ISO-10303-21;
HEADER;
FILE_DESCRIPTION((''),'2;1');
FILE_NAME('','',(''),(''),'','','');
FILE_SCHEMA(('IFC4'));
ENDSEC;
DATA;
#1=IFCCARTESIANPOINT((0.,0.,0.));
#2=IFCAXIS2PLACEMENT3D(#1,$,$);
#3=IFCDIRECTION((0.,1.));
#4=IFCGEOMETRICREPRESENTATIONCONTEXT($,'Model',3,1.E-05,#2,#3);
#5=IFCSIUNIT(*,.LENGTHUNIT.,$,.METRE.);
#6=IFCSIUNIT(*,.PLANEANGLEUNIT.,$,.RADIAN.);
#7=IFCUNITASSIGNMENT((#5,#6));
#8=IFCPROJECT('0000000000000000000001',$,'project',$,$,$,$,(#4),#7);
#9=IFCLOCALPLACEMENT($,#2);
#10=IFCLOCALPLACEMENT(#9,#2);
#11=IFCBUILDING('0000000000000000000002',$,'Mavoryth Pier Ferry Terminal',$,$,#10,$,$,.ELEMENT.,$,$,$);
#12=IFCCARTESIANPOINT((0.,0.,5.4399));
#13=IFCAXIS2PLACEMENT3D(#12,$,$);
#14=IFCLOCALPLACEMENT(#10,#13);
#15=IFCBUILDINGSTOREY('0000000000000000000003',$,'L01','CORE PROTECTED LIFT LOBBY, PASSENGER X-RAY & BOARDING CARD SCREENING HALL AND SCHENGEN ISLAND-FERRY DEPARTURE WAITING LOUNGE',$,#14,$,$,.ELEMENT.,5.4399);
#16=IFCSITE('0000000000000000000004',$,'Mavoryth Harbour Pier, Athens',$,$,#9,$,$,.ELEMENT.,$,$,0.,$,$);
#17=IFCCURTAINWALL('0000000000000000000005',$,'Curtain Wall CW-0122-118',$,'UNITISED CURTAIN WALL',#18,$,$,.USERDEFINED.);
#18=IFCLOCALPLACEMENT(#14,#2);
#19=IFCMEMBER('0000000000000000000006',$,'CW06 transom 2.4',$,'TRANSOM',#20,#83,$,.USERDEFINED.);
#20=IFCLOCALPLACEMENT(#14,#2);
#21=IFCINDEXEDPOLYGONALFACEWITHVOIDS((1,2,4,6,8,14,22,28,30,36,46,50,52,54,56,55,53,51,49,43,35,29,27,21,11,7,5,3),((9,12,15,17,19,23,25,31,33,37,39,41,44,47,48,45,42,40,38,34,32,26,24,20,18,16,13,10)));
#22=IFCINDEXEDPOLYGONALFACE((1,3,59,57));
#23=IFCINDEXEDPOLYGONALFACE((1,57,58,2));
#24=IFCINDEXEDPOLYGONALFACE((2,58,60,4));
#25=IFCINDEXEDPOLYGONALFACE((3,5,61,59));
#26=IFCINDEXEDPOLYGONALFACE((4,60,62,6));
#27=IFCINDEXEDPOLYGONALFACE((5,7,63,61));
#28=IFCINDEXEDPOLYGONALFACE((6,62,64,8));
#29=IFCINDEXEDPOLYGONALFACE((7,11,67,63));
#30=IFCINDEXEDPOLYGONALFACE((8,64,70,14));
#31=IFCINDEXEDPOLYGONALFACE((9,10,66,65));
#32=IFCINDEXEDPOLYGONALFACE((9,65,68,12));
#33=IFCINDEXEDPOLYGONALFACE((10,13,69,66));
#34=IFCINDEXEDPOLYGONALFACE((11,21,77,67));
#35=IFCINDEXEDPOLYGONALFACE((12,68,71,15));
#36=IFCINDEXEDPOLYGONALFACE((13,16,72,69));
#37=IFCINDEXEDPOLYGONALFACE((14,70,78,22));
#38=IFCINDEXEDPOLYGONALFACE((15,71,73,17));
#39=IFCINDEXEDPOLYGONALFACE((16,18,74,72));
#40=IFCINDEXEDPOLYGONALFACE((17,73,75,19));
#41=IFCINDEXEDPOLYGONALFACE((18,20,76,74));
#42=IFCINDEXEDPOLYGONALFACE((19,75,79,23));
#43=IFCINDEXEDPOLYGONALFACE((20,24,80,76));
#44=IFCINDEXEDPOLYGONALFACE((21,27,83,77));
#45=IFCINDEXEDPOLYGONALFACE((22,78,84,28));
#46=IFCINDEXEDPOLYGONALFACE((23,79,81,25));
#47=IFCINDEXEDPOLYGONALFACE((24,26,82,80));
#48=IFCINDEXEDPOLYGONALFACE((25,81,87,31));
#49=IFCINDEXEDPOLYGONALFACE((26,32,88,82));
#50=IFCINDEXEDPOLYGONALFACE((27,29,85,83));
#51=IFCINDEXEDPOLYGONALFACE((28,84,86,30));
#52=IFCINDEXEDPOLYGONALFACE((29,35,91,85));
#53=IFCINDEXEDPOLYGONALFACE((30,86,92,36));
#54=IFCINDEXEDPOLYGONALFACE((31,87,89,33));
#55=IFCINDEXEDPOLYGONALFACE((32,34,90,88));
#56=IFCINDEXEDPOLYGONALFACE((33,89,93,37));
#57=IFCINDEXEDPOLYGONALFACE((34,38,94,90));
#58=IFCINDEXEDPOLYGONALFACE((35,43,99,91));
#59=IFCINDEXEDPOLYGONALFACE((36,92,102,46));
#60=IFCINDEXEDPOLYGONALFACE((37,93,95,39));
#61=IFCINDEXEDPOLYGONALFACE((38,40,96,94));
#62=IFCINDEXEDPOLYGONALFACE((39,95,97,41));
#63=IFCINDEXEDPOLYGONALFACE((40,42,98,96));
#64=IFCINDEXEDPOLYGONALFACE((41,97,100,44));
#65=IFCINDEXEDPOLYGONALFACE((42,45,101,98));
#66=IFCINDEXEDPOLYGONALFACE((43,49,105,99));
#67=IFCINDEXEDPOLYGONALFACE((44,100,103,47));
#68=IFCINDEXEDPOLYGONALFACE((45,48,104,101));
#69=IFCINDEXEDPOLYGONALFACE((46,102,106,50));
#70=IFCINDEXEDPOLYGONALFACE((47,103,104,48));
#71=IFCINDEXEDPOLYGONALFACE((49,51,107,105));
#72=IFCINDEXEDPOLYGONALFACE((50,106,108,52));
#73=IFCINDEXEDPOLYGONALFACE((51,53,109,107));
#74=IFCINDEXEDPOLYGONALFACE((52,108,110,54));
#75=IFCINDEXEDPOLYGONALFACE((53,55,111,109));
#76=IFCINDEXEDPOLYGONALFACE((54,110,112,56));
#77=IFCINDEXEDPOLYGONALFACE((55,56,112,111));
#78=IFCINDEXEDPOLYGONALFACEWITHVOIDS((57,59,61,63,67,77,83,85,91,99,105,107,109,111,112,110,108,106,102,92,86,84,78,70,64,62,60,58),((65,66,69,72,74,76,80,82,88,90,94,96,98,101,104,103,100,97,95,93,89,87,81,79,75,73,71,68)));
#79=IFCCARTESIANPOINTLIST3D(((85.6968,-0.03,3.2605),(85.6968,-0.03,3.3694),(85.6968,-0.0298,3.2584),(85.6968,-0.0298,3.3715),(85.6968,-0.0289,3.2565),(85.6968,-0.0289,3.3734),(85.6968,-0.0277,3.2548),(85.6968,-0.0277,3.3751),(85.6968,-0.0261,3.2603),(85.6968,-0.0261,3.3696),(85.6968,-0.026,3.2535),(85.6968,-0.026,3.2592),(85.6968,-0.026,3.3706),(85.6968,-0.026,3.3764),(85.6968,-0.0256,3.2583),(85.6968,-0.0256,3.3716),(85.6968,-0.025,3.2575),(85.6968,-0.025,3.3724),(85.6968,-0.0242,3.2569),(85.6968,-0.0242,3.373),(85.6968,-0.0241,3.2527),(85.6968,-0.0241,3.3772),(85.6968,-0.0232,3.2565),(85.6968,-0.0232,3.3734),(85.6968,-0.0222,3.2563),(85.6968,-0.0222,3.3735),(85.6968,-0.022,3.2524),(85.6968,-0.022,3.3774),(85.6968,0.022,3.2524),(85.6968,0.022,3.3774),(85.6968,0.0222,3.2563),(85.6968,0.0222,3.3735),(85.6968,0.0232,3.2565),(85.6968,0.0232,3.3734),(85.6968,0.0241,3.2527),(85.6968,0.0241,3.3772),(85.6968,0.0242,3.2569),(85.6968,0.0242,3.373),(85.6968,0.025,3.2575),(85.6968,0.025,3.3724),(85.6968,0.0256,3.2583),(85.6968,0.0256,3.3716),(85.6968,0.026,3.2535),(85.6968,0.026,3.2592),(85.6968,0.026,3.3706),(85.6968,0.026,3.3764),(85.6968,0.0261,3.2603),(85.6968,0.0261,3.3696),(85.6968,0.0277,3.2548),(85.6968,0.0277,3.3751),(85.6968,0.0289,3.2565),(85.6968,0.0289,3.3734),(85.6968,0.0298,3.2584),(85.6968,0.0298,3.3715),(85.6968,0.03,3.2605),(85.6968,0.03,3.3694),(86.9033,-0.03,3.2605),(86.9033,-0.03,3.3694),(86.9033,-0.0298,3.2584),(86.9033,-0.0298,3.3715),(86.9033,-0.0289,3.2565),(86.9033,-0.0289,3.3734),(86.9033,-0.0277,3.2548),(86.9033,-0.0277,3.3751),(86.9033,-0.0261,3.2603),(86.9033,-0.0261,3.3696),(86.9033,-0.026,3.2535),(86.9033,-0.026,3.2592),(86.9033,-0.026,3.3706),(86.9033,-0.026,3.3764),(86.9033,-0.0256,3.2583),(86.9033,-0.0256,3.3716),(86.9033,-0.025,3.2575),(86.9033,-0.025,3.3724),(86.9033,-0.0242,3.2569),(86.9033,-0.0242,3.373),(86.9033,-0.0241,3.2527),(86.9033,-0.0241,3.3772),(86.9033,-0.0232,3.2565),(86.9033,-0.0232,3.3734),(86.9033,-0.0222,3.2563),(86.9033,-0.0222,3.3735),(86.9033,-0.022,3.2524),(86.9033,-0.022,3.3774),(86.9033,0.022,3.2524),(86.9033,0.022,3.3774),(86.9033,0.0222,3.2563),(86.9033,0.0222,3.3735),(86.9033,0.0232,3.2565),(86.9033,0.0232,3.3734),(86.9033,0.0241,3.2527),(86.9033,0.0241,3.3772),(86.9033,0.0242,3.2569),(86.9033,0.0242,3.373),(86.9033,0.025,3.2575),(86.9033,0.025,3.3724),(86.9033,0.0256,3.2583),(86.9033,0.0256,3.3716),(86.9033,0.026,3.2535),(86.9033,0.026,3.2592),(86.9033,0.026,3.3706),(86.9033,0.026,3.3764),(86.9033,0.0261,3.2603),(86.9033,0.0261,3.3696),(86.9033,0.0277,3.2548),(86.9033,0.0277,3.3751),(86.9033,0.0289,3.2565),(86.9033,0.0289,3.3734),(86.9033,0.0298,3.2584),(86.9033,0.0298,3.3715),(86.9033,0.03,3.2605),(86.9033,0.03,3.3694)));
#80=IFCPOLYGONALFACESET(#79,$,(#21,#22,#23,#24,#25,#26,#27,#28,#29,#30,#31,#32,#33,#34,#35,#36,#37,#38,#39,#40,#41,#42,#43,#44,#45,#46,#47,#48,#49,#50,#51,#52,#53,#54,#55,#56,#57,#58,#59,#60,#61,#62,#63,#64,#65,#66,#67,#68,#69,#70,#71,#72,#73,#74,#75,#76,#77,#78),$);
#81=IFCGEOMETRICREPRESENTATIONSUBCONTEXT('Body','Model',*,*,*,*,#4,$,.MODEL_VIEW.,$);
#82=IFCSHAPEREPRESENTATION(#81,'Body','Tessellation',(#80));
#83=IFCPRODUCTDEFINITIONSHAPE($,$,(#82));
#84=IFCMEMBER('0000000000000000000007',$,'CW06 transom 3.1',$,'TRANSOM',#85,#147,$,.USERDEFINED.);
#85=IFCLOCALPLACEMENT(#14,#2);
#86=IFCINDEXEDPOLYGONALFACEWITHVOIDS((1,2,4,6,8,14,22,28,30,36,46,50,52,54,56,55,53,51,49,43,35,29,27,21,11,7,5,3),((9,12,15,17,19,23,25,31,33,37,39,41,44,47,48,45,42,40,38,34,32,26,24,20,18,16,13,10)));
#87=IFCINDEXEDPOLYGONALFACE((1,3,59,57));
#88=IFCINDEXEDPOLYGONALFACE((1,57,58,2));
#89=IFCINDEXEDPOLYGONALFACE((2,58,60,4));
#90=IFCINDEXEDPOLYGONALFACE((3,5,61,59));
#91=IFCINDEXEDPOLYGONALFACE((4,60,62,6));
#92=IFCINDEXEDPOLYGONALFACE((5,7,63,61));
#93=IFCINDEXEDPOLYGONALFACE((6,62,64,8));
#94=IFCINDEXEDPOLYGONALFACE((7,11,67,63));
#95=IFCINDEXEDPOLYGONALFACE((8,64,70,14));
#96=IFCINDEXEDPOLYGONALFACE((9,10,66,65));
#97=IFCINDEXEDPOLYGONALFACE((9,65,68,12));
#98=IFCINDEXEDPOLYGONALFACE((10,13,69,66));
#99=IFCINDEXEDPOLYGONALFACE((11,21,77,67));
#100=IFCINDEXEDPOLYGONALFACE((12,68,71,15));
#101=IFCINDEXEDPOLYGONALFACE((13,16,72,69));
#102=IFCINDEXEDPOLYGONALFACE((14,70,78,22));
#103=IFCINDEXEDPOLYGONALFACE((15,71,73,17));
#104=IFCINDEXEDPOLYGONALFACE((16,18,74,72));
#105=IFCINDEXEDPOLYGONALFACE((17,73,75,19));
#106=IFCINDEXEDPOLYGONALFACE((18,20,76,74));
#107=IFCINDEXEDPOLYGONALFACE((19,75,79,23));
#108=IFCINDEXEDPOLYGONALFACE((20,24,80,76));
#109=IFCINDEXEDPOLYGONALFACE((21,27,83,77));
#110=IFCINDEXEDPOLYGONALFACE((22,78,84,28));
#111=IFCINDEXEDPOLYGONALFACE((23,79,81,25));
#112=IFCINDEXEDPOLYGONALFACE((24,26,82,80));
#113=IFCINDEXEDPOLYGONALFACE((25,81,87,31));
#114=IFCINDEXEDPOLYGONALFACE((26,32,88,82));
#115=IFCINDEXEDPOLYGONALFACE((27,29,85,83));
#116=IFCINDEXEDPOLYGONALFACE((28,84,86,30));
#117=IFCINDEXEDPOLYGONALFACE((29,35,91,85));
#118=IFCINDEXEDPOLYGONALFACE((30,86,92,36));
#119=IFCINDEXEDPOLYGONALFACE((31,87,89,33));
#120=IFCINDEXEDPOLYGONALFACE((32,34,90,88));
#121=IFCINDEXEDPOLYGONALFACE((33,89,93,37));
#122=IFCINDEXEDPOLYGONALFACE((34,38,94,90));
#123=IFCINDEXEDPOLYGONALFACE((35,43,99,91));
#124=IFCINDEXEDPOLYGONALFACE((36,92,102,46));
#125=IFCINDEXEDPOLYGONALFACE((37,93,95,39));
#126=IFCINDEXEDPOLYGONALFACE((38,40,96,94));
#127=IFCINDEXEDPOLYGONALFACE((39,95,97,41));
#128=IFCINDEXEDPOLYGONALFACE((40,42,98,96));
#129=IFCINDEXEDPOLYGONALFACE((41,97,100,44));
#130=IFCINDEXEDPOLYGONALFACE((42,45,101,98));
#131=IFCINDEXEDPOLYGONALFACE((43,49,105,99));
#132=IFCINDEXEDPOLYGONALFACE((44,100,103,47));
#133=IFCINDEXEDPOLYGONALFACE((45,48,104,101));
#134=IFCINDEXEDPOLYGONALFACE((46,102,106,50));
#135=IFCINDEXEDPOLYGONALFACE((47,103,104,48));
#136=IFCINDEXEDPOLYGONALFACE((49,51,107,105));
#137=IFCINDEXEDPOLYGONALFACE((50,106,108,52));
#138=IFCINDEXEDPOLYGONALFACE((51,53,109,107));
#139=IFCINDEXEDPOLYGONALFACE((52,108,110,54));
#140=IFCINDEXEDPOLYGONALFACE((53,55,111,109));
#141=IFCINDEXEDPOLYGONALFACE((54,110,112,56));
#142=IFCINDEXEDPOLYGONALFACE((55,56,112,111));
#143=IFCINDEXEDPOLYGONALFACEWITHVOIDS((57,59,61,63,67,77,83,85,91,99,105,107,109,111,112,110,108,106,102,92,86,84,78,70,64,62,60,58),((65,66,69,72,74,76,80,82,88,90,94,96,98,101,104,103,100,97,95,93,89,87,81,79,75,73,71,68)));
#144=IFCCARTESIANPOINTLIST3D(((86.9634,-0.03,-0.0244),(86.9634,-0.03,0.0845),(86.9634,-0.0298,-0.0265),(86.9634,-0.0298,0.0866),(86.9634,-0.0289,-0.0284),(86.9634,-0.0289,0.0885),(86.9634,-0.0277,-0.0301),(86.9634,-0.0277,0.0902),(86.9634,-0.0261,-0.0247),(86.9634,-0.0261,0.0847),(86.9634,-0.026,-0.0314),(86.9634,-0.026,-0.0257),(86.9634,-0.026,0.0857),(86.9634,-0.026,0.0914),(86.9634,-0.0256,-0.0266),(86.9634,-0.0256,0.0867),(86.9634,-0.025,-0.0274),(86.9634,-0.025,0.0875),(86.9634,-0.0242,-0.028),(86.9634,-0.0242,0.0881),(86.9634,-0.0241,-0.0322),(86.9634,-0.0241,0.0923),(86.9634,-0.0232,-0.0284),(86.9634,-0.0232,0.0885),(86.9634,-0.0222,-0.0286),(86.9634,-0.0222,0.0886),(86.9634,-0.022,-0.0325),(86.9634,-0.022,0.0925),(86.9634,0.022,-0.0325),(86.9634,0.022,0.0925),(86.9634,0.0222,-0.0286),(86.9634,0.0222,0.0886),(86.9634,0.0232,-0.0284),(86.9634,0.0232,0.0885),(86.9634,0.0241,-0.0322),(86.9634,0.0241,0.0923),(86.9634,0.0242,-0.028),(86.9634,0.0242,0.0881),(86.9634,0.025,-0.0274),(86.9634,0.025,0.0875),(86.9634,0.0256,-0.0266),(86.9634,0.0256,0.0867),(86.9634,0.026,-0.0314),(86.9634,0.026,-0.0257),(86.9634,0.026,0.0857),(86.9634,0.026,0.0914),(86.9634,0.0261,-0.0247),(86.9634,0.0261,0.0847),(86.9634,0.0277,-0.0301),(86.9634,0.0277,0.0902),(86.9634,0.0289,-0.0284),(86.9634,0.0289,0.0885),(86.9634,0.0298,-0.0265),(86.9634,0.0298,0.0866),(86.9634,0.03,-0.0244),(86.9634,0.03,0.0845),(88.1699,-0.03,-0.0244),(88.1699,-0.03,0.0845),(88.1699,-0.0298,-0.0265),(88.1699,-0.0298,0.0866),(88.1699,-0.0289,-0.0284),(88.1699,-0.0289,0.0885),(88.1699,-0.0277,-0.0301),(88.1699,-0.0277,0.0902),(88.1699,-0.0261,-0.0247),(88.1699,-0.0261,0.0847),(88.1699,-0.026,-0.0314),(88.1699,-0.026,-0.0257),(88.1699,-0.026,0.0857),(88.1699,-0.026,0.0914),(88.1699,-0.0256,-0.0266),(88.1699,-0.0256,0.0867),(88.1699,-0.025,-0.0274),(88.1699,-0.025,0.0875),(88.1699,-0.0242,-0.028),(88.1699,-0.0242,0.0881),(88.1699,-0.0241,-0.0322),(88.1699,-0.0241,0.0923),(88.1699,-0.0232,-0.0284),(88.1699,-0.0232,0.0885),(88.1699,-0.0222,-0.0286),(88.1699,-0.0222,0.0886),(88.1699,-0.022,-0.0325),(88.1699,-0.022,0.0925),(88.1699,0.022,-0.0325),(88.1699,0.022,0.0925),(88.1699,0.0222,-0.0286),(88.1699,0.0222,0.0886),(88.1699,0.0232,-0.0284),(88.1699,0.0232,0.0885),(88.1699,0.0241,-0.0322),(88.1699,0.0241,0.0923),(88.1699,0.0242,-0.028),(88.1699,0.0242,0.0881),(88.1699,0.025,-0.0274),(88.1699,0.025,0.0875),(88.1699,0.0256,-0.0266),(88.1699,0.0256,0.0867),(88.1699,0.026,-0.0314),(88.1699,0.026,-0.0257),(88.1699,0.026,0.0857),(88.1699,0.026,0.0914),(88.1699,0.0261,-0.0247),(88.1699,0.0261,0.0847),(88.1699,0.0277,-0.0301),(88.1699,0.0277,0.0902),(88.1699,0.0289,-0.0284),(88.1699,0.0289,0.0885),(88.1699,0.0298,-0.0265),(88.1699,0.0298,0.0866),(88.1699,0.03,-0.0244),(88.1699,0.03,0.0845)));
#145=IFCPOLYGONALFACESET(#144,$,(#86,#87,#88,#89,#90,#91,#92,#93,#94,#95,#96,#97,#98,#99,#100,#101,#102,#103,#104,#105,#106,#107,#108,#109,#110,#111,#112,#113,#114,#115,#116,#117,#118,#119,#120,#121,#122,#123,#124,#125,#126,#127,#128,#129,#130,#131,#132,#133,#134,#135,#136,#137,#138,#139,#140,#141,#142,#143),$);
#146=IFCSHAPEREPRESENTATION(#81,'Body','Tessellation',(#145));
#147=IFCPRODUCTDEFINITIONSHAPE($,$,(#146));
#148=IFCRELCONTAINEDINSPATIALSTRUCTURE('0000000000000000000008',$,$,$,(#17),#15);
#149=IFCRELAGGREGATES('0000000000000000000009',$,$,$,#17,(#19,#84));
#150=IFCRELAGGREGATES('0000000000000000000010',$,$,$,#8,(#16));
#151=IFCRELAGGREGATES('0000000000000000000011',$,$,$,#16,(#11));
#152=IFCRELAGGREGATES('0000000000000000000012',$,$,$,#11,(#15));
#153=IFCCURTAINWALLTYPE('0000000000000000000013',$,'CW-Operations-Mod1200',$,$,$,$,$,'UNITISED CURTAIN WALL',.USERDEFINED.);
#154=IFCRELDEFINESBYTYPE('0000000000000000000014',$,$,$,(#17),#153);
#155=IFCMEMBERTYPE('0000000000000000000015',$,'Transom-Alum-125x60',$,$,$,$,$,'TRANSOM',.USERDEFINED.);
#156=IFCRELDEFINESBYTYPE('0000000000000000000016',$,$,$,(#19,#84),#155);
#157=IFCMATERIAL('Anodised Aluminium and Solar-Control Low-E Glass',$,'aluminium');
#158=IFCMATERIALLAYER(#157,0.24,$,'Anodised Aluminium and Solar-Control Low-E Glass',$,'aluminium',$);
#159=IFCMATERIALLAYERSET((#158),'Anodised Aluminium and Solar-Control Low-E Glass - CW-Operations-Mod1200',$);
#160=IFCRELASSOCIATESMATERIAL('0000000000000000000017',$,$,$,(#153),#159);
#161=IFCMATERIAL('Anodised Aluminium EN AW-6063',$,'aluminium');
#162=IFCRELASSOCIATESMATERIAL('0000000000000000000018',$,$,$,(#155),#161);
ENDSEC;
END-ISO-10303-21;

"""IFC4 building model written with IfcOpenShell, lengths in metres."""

from ifc_helpers import new_model, si_unit, direction, frame, origin, origin_2d, place, context, subcontext, project, spatial, hollow_rectangle, extrude, material, layer, layer_set, material_profile, profile_set, type_object, element, aggregate, save


model = new_model("IFC4")

# Units and contexts
model_context = context("Model", 3, precision=1e-05, world=origin(), true_north=direction((0.0, 1.0)))
body_context = subcontext(model_context, "Body", "Model", "MODEL_VIEW")
ifc_project = project(units=[si_unit("LENGTHUNIT", "METRE"), si_unit("PLANEANGLEUNIT", "RADIAN")], contexts=[model_context])

# Site, building, storey
site_placement = place(None, origin())
site = spatial("IfcSite", under=ifc_project, at=site_placement, Name="Mavoryth Harbour Pier, Athens", CompositionType="ELEMENT", RefElevation=0.0)
building_placement = place(site_placement, origin())
building = spatial("IfcBuilding", under=site, at=building_placement, Name="Mavoryth Pier Ferry Terminal", CompositionType="ELEMENT")
storey_placement = place(building_placement, frame((0.0, 0.0, 5.4399)))
storey = spatial("IfcBuildingStorey", under=building, at=storey_placement, Name="L01", Description="CORE PROTECTED LIFT LOBBY, PASSENGER X-RAY & BOARDING CARD SCREENING HALL AND SCHENGEN ISLAND-FERRY DEPARTURE WAITING LOUNGE", CompositionType="ELEMENT", Elevation=5.4399)

# Curtain wall, members
ifc_material_1 = material(Name="Anodised Aluminium and Solar-Control Low-E Glass", Category="aluminium")
ifc_layer_1 = layer(ifc_material_1, 0.24, Name="Anodised Aluminium and Solar-Control Low-E Glass", Category="aluminium")
ifc_layer_set_1 = layer_set([ifc_layer_1], Name="Anodised Aluminium and Solar-Control Low-E Glass - CW-Operations-Mod1200")
curtain_wall_type = type_object("IfcCurtainWallType", Name="CW-Operations-Mod1200", ElementType="UNITISED CURTAIN WALL", PredefinedType="USERDEFINED", material=ifc_layer_set_1)
curtain_wall_placement = place(storey_placement, origin())
curtain_wall = element("IfcCurtainWall", 1, at=curtain_wall_placement, inside=storey, type_object=curtain_wall_type, Name="Curtain Wall CW-0122-118", ObjectType="UNITISED CURTAIN WALL", PredefinedType="USERDEFINED")
ifc_material_2 = material(Name="Anodised Aluminium EN AW-6063", Category="aluminium")
ifc_material_profile_1 = material_profile(ifc_material_2, hollow_rectangle(XDim=0.0601, YDim=0.125, WallThickness=0.0039, InnerFilletRadius=0.0039, OuterFilletRadius=0.0081, at=origin_2d()), Name="AL-TRAN 125x60x4", Category="aluminium")
ifc_profile_set_1 = profile_set([ifc_material_profile_1], Name="Anodised Aluminium EN AW-6063 - AL-TRAN 125x60x4")
member_type_1 = type_object("IfcMemberType", Name="Transom-Alum-125x60", ElementType="TRANSOM", PredefinedType="USERDEFINED", material=ifc_profile_set_1)
member_1_placement = place(storey_placement, frame((85.6968, 0.0, 3.3149), z_axis=(1.0, 0.0, 0.0), x_axis=(0.0, 1.0, 0.0)))
member_1 = element("IfcMember", 2, at=member_1_placement, type_object=member_type_1, Name="CW06 transom 2.4", ObjectType="TRANSOM", PredefinedType="USERDEFINED", context=body_context, shape_type="SweptSolid", body=[
    extrude(hollow_rectangle(XDim=0.0601, YDim=0.125, WallThickness=0.0039, InnerFilletRadius=0.0039, OuterFilletRadius=0.0081, at=origin_2d()), origin(), (0.0, 0.0, 1.0), 1.2065),
])
member_2_placement = place(storey_placement, frame((86.9634, 0.0, 0.03), z_axis=(1.0, 0.0, 0.0), x_axis=(0.0, 1.0, 0.0)))
member_2 = element("IfcMember", 3, at=member_2_placement, type_object=member_type_1, Name="CW06 transom 3.1", ObjectType="TRANSOM", PredefinedType="USERDEFINED", context=body_context, shape_type="SweptSolid", body=[
    extrude(hollow_rectangle(XDim=0.0601, YDim=0.125, WallThickness=0.0039, InnerFilletRadius=0.0039, OuterFilletRadius=0.0081, at=origin_2d()), origin(), (0.0, 0.0, 1.0), 1.2065),
])
aggregate(curtain_wall, [member_1, member_2])

save(model, "model.ifc")
